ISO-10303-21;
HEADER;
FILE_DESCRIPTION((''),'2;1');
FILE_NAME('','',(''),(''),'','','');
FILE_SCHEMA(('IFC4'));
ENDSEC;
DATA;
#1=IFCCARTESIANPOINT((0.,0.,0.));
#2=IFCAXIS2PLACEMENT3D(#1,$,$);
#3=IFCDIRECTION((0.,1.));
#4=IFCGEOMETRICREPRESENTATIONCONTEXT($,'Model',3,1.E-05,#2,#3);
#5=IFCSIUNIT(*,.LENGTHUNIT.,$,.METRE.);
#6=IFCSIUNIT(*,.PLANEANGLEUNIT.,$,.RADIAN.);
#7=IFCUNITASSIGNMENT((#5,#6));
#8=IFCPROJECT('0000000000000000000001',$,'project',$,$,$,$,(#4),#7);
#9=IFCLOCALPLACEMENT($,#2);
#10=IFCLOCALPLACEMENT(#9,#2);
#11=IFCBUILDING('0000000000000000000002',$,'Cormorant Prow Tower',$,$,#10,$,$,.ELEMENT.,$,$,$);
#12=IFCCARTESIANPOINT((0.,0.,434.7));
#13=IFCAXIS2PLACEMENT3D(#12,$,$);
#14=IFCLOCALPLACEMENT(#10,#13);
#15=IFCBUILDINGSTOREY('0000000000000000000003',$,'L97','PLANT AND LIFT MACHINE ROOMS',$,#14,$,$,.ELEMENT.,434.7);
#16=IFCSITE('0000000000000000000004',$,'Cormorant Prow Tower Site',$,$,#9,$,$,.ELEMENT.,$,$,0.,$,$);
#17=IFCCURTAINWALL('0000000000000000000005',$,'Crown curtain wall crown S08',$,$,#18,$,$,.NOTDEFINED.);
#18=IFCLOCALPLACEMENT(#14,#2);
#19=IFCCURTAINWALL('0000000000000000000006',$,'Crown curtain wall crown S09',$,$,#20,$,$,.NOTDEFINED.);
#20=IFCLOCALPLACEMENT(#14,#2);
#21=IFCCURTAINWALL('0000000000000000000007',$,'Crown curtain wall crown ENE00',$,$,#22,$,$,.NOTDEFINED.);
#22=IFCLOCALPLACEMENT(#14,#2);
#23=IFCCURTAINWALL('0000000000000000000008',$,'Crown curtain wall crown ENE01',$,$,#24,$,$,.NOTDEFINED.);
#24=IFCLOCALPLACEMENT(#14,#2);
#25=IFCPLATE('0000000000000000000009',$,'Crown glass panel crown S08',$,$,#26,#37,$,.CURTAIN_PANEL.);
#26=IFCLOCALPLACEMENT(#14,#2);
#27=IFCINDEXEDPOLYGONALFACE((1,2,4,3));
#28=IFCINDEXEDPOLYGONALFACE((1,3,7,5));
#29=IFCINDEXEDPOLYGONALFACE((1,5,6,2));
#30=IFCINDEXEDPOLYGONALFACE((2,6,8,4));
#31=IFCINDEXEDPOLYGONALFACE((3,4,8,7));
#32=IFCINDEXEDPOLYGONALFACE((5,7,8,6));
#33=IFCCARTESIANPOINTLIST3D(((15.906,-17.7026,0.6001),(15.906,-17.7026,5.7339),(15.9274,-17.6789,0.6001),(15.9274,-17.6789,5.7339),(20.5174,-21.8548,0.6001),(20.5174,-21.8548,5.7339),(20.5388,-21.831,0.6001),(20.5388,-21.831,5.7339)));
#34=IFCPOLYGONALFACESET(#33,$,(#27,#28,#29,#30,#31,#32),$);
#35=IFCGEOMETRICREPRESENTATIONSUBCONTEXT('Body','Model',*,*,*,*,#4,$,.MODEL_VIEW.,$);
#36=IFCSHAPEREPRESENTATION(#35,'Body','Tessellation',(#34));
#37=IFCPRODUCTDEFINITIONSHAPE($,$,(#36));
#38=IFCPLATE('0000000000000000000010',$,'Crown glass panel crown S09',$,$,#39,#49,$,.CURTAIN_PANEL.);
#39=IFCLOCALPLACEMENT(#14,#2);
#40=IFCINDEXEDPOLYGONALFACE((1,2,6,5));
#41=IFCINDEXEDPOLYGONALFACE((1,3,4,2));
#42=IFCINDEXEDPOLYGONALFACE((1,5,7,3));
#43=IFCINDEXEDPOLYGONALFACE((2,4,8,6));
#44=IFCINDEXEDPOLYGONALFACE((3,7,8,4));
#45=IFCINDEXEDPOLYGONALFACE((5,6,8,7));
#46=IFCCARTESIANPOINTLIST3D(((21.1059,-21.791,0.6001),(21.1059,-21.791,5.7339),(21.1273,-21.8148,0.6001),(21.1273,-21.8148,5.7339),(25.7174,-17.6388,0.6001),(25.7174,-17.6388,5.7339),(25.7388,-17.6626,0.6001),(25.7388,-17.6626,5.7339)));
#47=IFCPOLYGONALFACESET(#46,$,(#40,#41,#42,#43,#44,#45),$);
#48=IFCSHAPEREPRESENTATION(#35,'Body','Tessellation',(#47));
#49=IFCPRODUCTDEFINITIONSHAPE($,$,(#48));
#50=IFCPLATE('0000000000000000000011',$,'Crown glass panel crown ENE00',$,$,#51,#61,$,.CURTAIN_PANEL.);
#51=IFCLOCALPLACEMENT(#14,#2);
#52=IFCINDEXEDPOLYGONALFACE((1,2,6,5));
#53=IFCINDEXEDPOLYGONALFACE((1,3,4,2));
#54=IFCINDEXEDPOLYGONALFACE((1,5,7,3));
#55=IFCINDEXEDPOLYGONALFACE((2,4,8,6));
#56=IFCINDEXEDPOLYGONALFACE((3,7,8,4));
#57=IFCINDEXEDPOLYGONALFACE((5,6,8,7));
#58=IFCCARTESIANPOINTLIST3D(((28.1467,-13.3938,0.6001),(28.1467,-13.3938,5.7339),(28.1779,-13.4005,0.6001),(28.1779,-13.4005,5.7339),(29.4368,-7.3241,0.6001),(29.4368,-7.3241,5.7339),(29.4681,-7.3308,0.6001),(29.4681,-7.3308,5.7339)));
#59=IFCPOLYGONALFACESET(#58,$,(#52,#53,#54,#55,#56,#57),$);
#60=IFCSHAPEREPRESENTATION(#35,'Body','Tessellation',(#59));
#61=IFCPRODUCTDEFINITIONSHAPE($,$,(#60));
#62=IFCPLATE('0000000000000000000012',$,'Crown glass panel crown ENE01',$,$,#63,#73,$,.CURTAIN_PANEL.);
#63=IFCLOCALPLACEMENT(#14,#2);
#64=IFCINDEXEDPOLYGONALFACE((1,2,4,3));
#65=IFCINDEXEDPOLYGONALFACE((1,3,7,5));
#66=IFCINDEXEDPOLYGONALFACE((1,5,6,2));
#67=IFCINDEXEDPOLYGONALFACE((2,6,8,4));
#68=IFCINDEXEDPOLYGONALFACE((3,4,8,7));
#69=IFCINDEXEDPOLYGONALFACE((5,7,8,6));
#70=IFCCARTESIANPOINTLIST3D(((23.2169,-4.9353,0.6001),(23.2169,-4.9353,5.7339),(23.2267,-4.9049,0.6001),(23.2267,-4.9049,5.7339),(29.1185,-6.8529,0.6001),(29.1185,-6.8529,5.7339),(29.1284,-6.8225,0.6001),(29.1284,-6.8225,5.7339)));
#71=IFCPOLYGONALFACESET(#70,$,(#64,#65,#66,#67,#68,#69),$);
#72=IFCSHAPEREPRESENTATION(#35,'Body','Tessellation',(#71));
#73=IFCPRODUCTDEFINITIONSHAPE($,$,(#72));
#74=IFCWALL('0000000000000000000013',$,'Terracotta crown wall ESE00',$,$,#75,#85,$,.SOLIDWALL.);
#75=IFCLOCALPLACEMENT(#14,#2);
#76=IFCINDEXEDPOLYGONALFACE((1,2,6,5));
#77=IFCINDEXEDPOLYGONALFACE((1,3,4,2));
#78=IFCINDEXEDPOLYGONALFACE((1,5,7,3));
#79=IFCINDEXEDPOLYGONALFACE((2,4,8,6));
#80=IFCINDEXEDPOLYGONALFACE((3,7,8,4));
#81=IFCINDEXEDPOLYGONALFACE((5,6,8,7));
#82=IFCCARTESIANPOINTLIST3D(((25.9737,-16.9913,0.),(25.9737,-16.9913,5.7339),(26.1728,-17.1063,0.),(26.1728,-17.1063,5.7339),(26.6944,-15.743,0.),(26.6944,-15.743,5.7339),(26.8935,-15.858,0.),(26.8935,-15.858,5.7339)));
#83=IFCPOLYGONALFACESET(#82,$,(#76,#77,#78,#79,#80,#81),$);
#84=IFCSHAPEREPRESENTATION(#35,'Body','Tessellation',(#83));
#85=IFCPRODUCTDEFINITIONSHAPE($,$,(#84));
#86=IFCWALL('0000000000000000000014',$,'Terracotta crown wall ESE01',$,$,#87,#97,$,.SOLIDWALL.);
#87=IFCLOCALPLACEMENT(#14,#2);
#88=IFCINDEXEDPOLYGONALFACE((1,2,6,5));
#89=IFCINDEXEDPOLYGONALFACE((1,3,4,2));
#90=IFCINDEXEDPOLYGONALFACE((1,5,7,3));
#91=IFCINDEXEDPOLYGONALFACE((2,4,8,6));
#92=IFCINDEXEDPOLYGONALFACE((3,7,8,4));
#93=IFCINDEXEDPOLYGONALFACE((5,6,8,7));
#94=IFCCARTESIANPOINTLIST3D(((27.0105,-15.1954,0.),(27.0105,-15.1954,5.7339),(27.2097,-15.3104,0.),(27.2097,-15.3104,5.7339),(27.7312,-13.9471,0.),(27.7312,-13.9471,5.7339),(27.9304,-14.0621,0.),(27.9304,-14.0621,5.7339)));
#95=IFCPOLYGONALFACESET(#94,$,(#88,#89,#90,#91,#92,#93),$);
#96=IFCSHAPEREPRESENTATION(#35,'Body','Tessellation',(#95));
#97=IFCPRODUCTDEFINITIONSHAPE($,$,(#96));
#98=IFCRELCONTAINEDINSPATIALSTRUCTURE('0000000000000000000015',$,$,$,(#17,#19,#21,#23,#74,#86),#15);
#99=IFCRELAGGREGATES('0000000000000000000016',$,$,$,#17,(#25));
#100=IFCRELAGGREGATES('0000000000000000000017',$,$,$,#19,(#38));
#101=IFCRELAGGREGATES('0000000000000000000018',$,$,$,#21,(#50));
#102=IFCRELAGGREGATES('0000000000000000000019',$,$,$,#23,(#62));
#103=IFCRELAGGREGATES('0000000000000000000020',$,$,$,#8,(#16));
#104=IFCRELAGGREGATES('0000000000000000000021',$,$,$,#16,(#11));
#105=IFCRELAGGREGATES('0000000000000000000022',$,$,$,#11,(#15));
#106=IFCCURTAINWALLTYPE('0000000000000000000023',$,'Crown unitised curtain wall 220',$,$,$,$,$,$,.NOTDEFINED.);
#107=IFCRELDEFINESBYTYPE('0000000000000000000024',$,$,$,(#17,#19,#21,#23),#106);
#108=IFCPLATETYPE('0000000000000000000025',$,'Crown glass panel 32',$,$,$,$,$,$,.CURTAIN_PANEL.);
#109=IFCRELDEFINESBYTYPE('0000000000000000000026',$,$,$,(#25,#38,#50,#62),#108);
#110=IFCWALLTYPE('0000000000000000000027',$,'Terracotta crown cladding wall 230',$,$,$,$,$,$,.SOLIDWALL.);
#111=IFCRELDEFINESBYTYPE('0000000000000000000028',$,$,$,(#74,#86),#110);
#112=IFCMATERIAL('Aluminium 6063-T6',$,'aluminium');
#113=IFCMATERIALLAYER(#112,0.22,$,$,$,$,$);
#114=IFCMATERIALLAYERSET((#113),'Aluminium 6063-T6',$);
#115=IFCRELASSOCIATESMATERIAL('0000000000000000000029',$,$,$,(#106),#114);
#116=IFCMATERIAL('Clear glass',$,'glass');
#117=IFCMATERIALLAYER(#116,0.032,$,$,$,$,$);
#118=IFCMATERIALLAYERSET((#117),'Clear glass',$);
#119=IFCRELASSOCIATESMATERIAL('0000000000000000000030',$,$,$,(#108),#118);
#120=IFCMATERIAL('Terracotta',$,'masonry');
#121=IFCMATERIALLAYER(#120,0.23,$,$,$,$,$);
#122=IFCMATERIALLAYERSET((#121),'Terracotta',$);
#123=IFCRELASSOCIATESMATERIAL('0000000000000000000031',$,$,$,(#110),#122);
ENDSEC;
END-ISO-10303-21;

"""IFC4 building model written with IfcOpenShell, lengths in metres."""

from ifc_helpers import new_model, si_unit, direction, frame, frame_2d, origin, origin_2d, place, context, subcontext, project, spatial, rectangle, extrude, material, layer, layer_set, type_object, element, aggregate, save


model = new_model("IFC4")

# Units and contexts
model_context = context("Model", 3, precision=1e-05, world=origin(), true_north=direction((0.0, 1.0)))
body_context = subcontext(model_context, "Body", "Model", "MODEL_VIEW")
ifc_project = project(units=[si_unit("LENGTHUNIT", "METRE"), si_unit("PLANEANGLEUNIT", "RADIAN")], contexts=[model_context])

# Site, building, storey
site_placement = place(None, origin())
site = spatial("IfcSite", under=ifc_project, at=site_placement, Name="Cormorant Prow Tower Site", CompositionType="ELEMENT", RefElevation=0.0)
building_placement = place(site_placement, origin())
building = spatial("IfcBuilding", under=site, at=building_placement, Name="Cormorant Prow Tower", CompositionType="ELEMENT")
storey_placement = place(building_placement, frame((0.0, 0.0, 434.7)))
storey = spatial("IfcBuildingStorey", under=building, at=storey_placement, Name="L97", Description="PLANT AND LIFT MACHINE ROOMS", CompositionType="ELEMENT", Elevation=434.7)

# Curtain walls
ifc_material_1 = material(Name="Aluminium 6063-T6", Category="aluminium")
ifc_layer_1 = layer(ifc_material_1, 0.22)
ifc_layer_set_1 = layer_set([ifc_layer_1], Name="Aluminium 6063-T6")
curtain_wall_type = type_object("IfcCurtainWallType", Name="Crown unitised curtain wall 220", PredefinedType="NOTDEFINED", material=ifc_layer_set_1)
curtain_wall_1_placement = place(storey_placement, origin())
curtain_wall_1 = element("IfcCurtainWall", 1, at=curtain_wall_1_placement, inside=storey, type_object=curtain_wall_type, Name="Crown curtain wall crown S08", PredefinedType="NOTDEFINED")
curtain_wall_2_placement = place(storey_placement, origin())
curtain_wall_2 = element("IfcCurtainWall", 2, at=curtain_wall_2_placement, inside=storey, type_object=curtain_wall_type, Name="Crown curtain wall crown S09", PredefinedType="NOTDEFINED")
curtain_wall_3_placement = place(storey_placement, origin())
curtain_wall_3 = element("IfcCurtainWall", 3, at=curtain_wall_3_placement, inside=storey, type_object=curtain_wall_type, Name="Crown curtain wall crown ENE00", PredefinedType="NOTDEFINED")
curtain_wall_4_placement = place(storey_placement, origin())
curtain_wall_4 = element("IfcCurtainWall", 4, at=curtain_wall_4_placement, inside=storey, type_object=curtain_wall_type, Name="Crown curtain wall crown ENE01", PredefinedType="NOTDEFINED")

# Plates
ifc_material_2 = material(Name="Clear glass", Category="glass")
ifc_layer_2 = layer(ifc_material_2, 0.032)
ifc_layer_set_2 = layer_set([ifc_layer_2], Name="Clear glass")
plate_type = type_object("IfcPlateType", Name="Crown glass panel 32", PredefinedType="CURTAIN_PANEL", material=ifc_layer_set_2)
plate_1_placement = place(storey_placement, frame((18.2224, -19.7668, 0.6001), z_axis=(0.0, 0.0, 1.0), x_axis=(0.743145, -0.669131, 0.0)))
plate_1 = element("IfcPlate", 5, at=plate_1_placement, type_object=plate_type, Name="Crown glass panel crown S08", PredefinedType="CURTAIN_PANEL", context=body_context, shape_type="SweptSolid", body=[
    extrude(rectangle(XDim=6.2053, YDim=0.032, at=origin_2d()), origin(), (0.0, 0.0, 1.0), 5.1338),
])
aggregate(curtain_wall_1, [plate_1])
plate_2_placement = place(storey_placement, frame((23.4224, -19.7268, 0.6001), z_axis=(0.0, 0.0, 1.0), x_axis=(0.743145, 0.669131, 0.0)))
plate_2 = element("IfcPlate", 6, at=plate_2_placement, type_object=plate_type, Name="Crown glass panel crown S09", PredefinedType="CURTAIN_PANEL", context=body_context, shape_type="SweptSolid", body=[
    extrude(rectangle(XDim=6.2053, YDim=0.032, at=origin_2d()), origin(), (0.0, 0.0, 1.0), 5.1338),
])
aggregate(curtain_wall_2, [plate_2])
plate_3_placement = place(storey_placement, frame((28.8074, -10.3623, 0.6001), z_axis=(0.0, 0.0, 1.0), x_axis=(0.207912, 0.978148, 0.0)))
plate_3 = element("IfcPlate", 7, at=plate_3_placement, type_object=plate_type, Name="Crown glass panel crown ENE00", PredefinedType="CURTAIN_PANEL", context=body_context, shape_type="SweptSolid", body=[
    extrude(rectangle(XDim=6.2053, YDim=0.032, at=origin_2d()), origin(), (0.0, 0.0, 1.0), 5.1338),
])
aggregate(curtain_wall_3, [plate_3])
plate_4_placement = place(storey_placement, frame((26.1726, -5.8789, 0.6001), z_axis=(0.0, 0.0, 1.0), x_axis=(-0.951057, 0.309017, 0.0)))
plate_4 = element("IfcPlate", 8, at=plate_4_placement, type_object=plate_type, Name="Crown glass panel crown ENE01", PredefinedType="CURTAIN_PANEL", context=body_context, shape_type="SweptSolid", body=[
    extrude(rectangle(XDim=6.2053, YDim=0.032, at=origin_2d()), origin(), (0.0, 0.0, 1.0), 5.1338),
])
aggregate(curtain_wall_4, [plate_4])

# Walls
ifc_material_3 = material(Name="Terracotta", Category="masonry")
ifc_layer_3 = layer(ifc_material_3, 0.23)
ifc_layer_set_3 = layer_set([ifc_layer_3], Name="Terracotta")
wall_type = type_object("IfcWallType", Name="Terracotta crown cladding wall 230", PredefinedType="SOLIDWALL", material=ifc_layer_set_3)
for number, where, z_axis, x_axis, name in (
    (9, (26.0732, -17.0488, 0.0), (0.0, 0.0, 1.0), (0.500001, 0.866025, 0.0), "Terracotta crown wall ESE00"),
    (10, (27.1101, -15.2529, 0.0), (0.0, 0.0, 1.0), (0.500001, 0.866025, 0.0), "Terracotta crown wall ESE01"),
):
    element("IfcWall", number, at=place(storey_placement, frame(where, z_axis=z_axis, x_axis=x_axis)), inside=storey, type_object=wall_type, Name=name, PredefinedType="SOLIDWALL", context=body_context, shape_type="SweptSolid", body=[
        extrude(rectangle(XDim=1.4414, YDim=0.23, at=frame_2d((0.7207, 0.0))), origin(), (0.0, 0.0, 1.0), 5.7339),
    ])

save(model, "model.ifc")
